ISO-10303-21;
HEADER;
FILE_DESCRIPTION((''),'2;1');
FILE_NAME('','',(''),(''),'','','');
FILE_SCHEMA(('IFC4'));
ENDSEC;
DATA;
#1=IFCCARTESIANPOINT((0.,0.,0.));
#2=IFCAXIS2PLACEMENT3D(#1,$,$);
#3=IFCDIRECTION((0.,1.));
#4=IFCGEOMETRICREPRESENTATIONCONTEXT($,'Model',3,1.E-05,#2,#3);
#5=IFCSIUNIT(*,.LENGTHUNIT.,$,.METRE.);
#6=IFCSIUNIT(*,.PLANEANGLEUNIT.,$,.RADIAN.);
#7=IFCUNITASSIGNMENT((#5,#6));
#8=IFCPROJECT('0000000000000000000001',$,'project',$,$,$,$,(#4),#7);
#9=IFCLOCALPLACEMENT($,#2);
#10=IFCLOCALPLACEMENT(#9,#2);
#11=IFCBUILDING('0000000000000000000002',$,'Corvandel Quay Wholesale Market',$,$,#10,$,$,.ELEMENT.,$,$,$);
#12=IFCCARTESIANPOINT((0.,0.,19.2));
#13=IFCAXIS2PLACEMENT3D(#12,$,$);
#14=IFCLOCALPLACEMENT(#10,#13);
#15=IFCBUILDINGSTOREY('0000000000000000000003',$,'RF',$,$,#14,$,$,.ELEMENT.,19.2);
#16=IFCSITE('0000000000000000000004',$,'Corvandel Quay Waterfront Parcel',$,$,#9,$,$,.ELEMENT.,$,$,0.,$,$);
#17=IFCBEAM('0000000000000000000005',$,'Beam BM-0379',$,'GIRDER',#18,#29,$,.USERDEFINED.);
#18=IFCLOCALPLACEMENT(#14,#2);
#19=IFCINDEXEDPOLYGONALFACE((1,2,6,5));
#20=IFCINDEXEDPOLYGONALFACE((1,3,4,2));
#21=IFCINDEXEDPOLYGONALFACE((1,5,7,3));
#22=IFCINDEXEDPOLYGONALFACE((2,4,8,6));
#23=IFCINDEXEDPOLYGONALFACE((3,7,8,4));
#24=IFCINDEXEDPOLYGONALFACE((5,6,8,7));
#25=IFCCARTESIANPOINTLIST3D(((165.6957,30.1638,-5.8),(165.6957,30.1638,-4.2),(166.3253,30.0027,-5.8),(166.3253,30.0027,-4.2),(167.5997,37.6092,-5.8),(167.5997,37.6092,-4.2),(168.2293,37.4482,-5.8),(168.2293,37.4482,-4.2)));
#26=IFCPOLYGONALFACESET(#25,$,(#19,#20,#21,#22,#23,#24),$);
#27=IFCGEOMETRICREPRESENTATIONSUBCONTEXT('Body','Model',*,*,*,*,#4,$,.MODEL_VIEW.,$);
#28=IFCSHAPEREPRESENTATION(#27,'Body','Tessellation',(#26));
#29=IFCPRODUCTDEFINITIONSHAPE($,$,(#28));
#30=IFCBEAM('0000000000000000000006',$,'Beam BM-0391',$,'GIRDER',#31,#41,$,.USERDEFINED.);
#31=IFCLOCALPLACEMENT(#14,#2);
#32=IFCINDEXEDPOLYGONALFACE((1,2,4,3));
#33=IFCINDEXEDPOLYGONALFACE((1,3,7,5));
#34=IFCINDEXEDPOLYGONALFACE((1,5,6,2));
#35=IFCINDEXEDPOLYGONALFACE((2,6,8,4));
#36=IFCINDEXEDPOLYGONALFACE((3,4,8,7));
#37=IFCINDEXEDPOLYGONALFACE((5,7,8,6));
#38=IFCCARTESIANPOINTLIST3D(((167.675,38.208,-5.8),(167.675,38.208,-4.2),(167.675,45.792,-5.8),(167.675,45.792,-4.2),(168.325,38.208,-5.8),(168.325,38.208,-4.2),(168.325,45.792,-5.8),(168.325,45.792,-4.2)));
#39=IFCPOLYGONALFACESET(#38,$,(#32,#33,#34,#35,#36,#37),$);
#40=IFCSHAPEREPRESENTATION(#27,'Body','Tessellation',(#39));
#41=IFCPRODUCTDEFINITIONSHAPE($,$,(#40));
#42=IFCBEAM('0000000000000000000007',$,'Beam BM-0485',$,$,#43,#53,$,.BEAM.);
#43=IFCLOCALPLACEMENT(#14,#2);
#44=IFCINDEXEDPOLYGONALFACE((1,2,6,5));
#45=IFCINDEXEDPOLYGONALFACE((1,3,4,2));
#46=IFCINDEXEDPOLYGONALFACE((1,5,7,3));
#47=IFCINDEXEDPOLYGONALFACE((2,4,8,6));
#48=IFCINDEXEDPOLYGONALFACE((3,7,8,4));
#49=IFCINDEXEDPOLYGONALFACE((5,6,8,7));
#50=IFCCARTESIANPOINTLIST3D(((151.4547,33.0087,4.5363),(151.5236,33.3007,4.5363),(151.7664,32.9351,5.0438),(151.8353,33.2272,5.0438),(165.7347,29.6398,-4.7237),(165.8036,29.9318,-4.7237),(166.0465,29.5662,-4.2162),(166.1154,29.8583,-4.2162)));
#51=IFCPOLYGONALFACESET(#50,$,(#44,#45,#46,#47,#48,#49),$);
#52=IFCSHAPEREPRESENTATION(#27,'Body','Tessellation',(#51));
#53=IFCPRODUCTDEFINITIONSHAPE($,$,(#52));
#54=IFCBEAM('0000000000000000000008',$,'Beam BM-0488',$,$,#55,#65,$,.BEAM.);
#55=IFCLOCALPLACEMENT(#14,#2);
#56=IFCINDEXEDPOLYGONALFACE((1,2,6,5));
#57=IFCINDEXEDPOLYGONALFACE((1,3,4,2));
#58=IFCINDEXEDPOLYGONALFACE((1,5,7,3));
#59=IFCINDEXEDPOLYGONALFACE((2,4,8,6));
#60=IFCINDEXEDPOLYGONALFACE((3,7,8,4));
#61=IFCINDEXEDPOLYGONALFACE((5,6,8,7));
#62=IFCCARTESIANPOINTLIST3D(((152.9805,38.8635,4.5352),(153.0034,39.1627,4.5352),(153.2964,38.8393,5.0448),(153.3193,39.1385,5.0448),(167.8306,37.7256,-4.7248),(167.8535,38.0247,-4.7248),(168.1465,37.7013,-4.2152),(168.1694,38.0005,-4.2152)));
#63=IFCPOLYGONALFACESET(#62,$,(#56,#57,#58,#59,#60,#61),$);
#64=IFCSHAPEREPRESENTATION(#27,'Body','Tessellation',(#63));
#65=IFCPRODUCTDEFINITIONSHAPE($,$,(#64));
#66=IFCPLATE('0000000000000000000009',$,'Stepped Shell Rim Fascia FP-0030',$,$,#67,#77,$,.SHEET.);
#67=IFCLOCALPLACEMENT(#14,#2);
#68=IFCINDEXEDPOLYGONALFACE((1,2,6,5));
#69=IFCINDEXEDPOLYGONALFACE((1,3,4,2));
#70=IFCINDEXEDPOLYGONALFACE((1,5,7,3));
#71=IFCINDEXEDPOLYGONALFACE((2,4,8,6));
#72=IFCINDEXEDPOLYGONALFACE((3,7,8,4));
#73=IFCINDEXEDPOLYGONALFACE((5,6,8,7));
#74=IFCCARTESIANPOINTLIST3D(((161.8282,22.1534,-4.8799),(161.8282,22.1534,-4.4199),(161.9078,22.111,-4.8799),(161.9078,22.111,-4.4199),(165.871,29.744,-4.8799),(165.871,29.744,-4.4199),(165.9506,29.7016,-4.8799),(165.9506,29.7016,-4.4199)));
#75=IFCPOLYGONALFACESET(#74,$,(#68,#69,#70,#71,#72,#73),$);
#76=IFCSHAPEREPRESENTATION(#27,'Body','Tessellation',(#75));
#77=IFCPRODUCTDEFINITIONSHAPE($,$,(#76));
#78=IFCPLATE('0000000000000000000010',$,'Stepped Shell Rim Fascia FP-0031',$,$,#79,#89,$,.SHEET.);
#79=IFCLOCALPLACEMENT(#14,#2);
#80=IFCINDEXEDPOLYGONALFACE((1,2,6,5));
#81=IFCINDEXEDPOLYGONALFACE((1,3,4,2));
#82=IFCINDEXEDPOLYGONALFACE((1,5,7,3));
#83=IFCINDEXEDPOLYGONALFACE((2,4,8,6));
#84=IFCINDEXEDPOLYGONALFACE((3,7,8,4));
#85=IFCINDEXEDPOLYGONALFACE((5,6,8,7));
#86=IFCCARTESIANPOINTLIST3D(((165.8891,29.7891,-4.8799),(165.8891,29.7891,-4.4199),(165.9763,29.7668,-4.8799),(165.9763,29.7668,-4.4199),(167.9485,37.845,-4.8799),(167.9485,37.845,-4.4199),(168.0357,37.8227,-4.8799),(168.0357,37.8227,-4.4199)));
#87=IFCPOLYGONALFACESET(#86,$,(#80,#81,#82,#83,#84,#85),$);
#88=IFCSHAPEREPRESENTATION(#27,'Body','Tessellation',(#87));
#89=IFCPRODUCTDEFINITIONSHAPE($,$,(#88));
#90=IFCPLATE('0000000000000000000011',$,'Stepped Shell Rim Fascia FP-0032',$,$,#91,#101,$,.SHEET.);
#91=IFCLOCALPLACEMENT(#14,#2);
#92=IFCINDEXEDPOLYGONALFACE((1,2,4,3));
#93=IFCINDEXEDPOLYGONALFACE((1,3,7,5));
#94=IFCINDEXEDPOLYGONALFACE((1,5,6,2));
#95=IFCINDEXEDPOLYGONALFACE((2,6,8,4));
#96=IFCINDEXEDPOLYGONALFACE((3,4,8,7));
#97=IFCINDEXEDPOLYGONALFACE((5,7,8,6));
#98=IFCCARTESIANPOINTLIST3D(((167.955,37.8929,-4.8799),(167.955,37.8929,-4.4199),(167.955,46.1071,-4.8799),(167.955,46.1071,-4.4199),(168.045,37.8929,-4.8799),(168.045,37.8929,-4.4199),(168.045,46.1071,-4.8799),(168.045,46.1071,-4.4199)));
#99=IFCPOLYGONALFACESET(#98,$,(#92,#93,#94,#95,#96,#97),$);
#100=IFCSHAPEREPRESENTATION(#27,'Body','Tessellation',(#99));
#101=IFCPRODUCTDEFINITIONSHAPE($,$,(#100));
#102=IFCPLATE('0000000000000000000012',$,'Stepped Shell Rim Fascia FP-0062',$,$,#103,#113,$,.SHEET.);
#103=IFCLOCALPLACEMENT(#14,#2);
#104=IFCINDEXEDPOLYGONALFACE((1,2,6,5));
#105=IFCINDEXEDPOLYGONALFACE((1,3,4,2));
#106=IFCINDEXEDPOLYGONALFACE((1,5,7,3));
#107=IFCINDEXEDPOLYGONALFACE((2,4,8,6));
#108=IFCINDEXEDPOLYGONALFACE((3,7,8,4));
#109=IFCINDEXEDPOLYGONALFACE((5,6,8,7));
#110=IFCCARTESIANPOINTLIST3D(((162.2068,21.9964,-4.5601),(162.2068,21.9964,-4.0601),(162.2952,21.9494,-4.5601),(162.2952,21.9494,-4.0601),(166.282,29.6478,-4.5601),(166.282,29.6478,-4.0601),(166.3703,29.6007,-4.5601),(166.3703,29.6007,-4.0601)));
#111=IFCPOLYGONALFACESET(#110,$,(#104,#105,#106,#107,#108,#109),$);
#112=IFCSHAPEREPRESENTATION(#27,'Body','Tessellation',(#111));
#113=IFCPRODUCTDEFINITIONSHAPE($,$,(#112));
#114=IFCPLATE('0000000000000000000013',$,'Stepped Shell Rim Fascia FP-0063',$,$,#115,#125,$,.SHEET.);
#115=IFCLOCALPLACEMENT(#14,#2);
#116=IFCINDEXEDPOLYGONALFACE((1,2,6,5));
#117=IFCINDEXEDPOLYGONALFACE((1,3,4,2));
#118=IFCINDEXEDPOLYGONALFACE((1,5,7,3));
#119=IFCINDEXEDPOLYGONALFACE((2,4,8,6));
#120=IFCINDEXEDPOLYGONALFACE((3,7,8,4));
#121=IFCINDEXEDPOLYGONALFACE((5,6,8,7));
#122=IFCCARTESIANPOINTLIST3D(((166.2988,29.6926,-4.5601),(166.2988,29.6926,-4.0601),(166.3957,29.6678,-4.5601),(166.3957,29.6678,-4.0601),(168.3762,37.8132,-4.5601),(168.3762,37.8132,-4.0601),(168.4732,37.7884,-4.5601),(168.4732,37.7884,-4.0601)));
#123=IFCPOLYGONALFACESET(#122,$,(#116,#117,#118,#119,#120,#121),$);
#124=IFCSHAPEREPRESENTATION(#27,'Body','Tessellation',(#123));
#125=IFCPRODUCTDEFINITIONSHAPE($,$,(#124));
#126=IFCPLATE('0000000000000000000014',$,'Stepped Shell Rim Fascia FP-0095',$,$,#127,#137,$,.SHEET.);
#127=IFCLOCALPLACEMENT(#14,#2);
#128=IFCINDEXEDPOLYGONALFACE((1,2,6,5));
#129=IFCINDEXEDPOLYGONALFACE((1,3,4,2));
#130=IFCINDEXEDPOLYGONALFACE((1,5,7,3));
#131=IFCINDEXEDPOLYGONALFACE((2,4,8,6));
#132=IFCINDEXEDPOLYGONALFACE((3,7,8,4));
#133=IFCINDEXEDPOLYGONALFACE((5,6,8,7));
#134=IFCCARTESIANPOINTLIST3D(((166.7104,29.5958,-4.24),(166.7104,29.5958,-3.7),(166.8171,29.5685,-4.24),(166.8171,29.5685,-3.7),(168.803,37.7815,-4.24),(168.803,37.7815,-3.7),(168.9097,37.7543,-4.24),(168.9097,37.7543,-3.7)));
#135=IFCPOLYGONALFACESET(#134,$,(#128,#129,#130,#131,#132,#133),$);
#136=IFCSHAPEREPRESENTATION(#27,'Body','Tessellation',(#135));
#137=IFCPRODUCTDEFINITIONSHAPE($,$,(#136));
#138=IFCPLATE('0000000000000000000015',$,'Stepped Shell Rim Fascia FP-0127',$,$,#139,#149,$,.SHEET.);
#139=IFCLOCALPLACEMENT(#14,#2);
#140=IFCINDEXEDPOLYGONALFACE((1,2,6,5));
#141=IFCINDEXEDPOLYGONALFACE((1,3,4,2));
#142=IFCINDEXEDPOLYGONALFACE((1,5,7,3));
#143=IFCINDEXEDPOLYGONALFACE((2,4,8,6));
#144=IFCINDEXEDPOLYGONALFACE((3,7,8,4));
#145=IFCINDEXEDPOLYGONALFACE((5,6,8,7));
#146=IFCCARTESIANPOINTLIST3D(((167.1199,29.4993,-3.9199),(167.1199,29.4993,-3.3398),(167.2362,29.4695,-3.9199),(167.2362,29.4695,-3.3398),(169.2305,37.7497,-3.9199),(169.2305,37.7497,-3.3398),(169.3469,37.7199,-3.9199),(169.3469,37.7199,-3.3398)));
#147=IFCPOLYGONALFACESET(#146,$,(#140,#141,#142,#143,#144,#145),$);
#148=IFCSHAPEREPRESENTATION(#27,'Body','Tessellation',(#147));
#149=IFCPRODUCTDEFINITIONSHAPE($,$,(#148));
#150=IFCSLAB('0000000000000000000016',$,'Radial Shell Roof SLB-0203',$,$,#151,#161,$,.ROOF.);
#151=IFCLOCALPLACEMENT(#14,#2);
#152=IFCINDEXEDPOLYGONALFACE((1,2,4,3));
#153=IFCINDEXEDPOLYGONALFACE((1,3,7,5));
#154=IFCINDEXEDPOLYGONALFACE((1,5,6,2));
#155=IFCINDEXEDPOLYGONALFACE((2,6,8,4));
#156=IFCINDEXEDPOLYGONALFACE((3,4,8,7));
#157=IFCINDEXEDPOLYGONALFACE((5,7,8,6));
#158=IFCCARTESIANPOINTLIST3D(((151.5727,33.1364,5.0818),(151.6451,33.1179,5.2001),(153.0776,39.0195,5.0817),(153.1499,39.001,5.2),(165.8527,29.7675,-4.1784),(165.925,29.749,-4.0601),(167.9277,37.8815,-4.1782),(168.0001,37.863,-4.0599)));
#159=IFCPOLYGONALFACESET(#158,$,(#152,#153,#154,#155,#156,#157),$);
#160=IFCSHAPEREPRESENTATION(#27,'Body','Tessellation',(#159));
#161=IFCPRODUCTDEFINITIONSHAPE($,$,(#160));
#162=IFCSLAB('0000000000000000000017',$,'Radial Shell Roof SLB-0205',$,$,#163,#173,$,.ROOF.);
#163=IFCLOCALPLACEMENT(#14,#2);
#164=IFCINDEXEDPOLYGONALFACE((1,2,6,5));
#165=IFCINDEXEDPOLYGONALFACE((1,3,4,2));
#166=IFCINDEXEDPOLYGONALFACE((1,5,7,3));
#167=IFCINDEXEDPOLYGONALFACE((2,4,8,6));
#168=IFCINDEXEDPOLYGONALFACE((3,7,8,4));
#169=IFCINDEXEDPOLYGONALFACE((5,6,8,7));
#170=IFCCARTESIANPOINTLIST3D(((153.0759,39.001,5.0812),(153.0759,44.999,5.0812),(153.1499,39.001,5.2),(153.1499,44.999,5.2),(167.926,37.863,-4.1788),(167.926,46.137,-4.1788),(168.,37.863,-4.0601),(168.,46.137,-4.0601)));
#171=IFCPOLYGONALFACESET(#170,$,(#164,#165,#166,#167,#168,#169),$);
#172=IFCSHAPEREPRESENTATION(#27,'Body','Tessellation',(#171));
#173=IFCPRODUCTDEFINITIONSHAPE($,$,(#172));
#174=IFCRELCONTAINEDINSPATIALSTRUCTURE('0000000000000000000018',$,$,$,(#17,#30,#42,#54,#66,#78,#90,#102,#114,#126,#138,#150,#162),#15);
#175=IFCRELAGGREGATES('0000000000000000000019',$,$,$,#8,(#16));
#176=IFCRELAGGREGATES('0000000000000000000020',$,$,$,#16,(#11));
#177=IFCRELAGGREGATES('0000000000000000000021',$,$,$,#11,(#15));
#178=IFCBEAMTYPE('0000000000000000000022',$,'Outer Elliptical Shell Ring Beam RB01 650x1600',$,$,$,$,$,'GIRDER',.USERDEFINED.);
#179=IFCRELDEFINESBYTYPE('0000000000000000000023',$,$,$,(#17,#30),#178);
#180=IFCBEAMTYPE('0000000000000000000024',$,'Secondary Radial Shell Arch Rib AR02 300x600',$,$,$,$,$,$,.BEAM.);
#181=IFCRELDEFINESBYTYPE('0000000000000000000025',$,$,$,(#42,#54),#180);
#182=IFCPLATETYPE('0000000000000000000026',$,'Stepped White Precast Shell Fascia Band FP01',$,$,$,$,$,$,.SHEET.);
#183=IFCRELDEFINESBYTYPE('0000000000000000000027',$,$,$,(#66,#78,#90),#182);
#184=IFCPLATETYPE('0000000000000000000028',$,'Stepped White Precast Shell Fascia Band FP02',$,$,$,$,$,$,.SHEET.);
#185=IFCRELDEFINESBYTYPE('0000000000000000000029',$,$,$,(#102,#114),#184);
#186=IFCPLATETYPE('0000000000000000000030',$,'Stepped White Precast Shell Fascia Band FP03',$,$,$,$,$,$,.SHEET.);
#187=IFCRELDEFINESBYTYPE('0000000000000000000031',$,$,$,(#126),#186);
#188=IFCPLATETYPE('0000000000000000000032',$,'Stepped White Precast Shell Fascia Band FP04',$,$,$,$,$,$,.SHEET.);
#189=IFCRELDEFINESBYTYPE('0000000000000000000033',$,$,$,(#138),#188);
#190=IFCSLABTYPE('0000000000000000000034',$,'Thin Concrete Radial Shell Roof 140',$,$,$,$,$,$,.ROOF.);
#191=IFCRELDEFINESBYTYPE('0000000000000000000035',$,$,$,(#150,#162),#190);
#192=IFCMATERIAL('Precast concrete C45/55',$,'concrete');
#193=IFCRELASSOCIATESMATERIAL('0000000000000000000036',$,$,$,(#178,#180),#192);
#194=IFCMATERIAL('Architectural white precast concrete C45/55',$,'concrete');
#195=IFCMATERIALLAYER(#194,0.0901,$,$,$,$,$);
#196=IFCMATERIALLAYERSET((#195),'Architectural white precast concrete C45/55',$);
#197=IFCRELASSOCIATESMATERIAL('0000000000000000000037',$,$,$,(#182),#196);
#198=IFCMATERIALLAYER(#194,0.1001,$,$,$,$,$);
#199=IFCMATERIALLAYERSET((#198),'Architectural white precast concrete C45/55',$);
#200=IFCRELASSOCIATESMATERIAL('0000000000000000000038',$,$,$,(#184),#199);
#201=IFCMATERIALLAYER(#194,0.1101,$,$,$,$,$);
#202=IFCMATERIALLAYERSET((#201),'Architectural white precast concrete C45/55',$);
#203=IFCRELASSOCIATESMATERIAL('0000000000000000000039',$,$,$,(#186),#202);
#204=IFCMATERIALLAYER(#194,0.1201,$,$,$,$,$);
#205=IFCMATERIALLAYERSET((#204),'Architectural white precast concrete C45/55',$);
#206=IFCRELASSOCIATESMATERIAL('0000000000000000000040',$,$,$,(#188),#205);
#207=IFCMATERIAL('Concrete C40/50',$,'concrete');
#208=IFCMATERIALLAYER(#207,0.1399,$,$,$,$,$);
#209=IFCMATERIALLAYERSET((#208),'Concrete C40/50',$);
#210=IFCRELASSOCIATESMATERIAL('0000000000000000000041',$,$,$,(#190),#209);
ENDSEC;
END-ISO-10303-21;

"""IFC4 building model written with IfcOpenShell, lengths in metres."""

from ifc_helpers import new_model, si_unit, direction, frame, origin, origin_2d, place, context, subcontext, project, spatial, polyline, rectangle, outline, extrude, material, layer, layer_set, material_profile, profile_set, type_object, element, save


model = new_model("IFC4")

# Units and contexts
model_context = context("Model", 3, precision=1e-05, world=origin(), true_north=direction((0.0, 1.0)))
body_context = subcontext(model_context, "Body", "Model", "MODEL_VIEW")
ifc_project = project(units=[si_unit("LENGTHUNIT", "METRE"), si_unit("PLANEANGLEUNIT", "RADIAN")], contexts=[model_context])

# Site, building, storey
site_placement = place(None, origin())
site = spatial("IfcSite", under=ifc_project, at=site_placement, Name="Corvandel Quay Waterfront Parcel", CompositionType="ELEMENT", RefElevation=0.0)
building_placement = place(site_placement, origin())
building = spatial("IfcBuilding", under=site, at=building_placement, Name="Corvandel Quay Wholesale Market", CompositionType="ELEMENT")
storey_placement = place(building_placement, frame((0.0, 0.0, 19.2)))
storey = spatial("IfcBuildingStorey", under=building, at=storey_placement, Name="RF", CompositionType="ELEMENT", Elevation=19.2)

# Beams
ifc_material_1 = material(Name="Precast concrete C45/55", Category="concrete")
ifc_material_profile_1 = material_profile(ifc_material_1, rectangle(XDim=0.6499, YDim=1.6001, at=origin_2d()), Name="PC-RING-650x1600")
ifc_profile_set_1 = profile_set([ifc_material_profile_1], Name="Precast concrete C45/55")
beam_type_1 = type_object("IfcBeamType", Name="Outer Elliptical Shell Ring Beam RB01 650x1600", ElementType="GIRDER", PredefinedType="USERDEFINED", material=ifc_profile_set_1)
beam_1_placement = place(storey_placement, frame((166.0105, 30.0833, -5.0), z_axis=(0.247757, 0.968822, 0.0), x_axis=(-0.968822, 0.247757, 0.0)))
element("IfcBeam", 1, at=beam_1_placement, inside=storey, type_object=beam_type_1, Name="Beam BM-0379", ObjectType="GIRDER", PredefinedType="USERDEFINED", context=body_context, shape_type="SweptSolid", body=[
    extrude(rectangle(XDim=0.6499, YDim=1.6001, at=origin_2d()), origin(), (0.0, 0.0, 1.0), 7.6851),
])
beam_2_placement = place(storey_placement, frame((168.0, 38.208, -5.0), z_axis=(0.0, 1.0, 0.0), x_axis=(-1.0, 0.0, 0.0)))
element("IfcBeam", 2, at=beam_2_placement, inside=storey, type_object=beam_type_1, Name="Beam BM-0391", ObjectType="GIRDER", PredefinedType="USERDEFINED", context=body_context, shape_type="SweptSolid", body=[
    extrude(rectangle(XDim=0.6499, YDim=1.6001, at=origin_2d()), origin(), (0.0, 0.0, 1.0), 7.584),
])
ifc_material_profile_2 = material_profile(ifc_material_1, rectangle(XDim=0.3, YDim=0.6001, at=origin_2d()), Name="PC-RIB-300x600")
ifc_profile_set_2 = profile_set([ifc_material_profile_2], Name="Precast concrete C45/55")
beam_type_2 = type_object("IfcBeamType", Name="Secondary Radial Shell Arch Rib AR02 300x600", PredefinedType="BEAM", material=ifc_profile_set_2)
beam_3_placement = place(storey_placement, frame((165.925, 29.749, -4.47), z_axis=(-0.823065, 0.194175, 0.533723), x_axis=(-0.229613, -0.973282, 0.0)))
element("IfcBeam", 3, at=beam_3_placement, inside=storey, type_object=beam_type_2, Name="Beam BM-0485", PredefinedType="BEAM", context=body_context, shape_type="SweptSolid", body=[
    extrude(rectangle(XDim=0.3, YDim=0.6001, at=origin_2d()), origin(), (0.0, 0.0, 1.0), 17.3499),
])
beam_4_placement = place(storey_placement, frame((168.0, 37.863, -4.47), z_axis=(-0.846757, 0.064886, 0.528008), x_axis=(-0.076404, -0.997077, 0.0)))
element("IfcBeam", 4, at=beam_4_placement, inside=storey, type_object=beam_type_2, Name="Beam BM-0488", PredefinedType="BEAM", context=body_context, shape_type="SweptSolid", body=[
    extrude(rectangle(XDim=0.3, YDim=0.6001, at=origin_2d()), origin(), (0.0, 0.0, 1.0), 17.5376),
])

# Plates
ifc_material_2 = material(Name="Architectural white precast concrete C45/55", Category="concrete")
ifc_layer_1 = layer(ifc_material_2, 0.0901)
ifc_layer_set_1 = layer_set([ifc_layer_1], Name="Architectural white precast concrete C45/55")
plate_type_1 = type_object("IfcPlateType", Name="Stepped White Precast Shell Fascia Band FP01", PredefinedType="SHEET", material=ifc_layer_set_1)
plate_1_placement = place(storey_placement, frame((163.8894, 25.9275, -4.8799), z_axis=(0.0, 0.0, 1.0), x_axis=(0.470088, 0.88262, 0.0)))
element("IfcPlate", 5, at=plate_1_placement, inside=storey, type_object=plate_type_1, Name="Stepped Shell Rim Fascia FP-0030", PredefinedType="SHEET", context=body_context, shape_type="SweptSolid", body=[
    extrude(rectangle(XDim=8.6001, YDim=0.0901, at=origin_2d()), origin(), (0.0, 0.0, 1.0), 0.46),
])
plate_2_placement = place(storey_placement, frame((166.9624, 33.8059, -4.8799), z_axis=(0.0, 0.0, 1.0), x_axis=(0.247675, 0.968843, 0.0)))
element("IfcPlate", 6, at=plate_2_placement, inside=storey, type_object=plate_type_1, Name="Stepped Shell Rim Fascia FP-0031", PredefinedType="SHEET", context=body_context, shape_type="SweptSolid", body=[
    extrude(rectangle(XDim=8.3149, YDim=0.0901, at=origin_2d()), origin(), (0.0, 0.0, 1.0), 0.46),
])
plate_3_placement = place(storey_placement, frame((168.0, 42.0, -4.8799), z_axis=(0.0, 0.0, 1.0), x_axis=(0.0, 1.0, 0.0)))
element("IfcPlate", 7, at=plate_3_placement, inside=storey, type_object=plate_type_1, Name="Stepped Shell Rim Fascia FP-0032", PredefinedType="SHEET", context=body_context, shape_type="SweptSolid", body=[
    extrude(rectangle(XDim=8.2141, YDim=0.0901, at=origin_2d()), origin(), (0.0, 0.0, 1.0), 0.46),
])
ifc_layer_2 = layer(ifc_material_2, 0.1001)
ifc_layer_set_2 = layer_set([ifc_layer_2], Name="Architectural white precast concrete C45/55")
plate_type_2 = type_object("IfcPlateType", Name="Stepped White Precast Shell Fascia Band FP02", PredefinedType="SHEET", material=ifc_layer_set_2)
plate_4_placement = place(storey_placement, frame((164.2886, 25.7986, -4.5601), z_axis=(0.0, 0.0, 1.0), x_axis=(0.470088, 0.88262, 0.0)))
element("IfcPlate", 8, at=plate_4_placement, inside=storey, type_object=plate_type_2, Name="Stepped Shell Rim Fascia FP-0062", PredefinedType="SHEET", context=body_context, shape_type="SweptSolid", body=[
    extrude(rectangle(XDim=8.6689, YDim=0.1001, at=origin_2d()), origin(), (0.0, 0.0, 1.0), 0.5),
])
plate_5_placement = place(storey_placement, frame((167.386, 33.7405, -4.5601), z_axis=(0.0, 0.0, 1.0), x_axis=(0.247845, 0.9688, 0.0)))
element("IfcPlate", 9, at=plate_5_placement, inside=storey, type_object=plate_type_2, Name="Stepped Shell Rim Fascia FP-0063", PredefinedType="SHEET", context=body_context, shape_type="SweptSolid", body=[
    extrude(rectangle(XDim=8.3821, YDim=0.1001, at=origin_2d()), origin(), (0.0, 0.0, 1.0), 0.5),
])
ifc_layer_3 = layer(ifc_material_2, 0.1101)
ifc_layer_set_3 = layer_set([ifc_layer_3], Name="Architectural white precast concrete C45/55")
plate_type_3 = type_object("IfcPlateType", Name="Stepped White Precast Shell Fascia Band FP03", PredefinedType="SHEET", material=ifc_layer_set_3)
plate_6_placement = place(storey_placement, frame((167.8101, 33.675, -4.24), z_axis=(0.0, 0.0, 1.0), x_axis=(0.247675, 0.968843, 0.0)))
element("IfcPlate", 10, at=plate_6_placement, inside=storey, type_object=plate_type_3, Name="Stepped Shell Rim Fascia FP-0095", PredefinedType="SHEET", context=body_context, shape_type="SweptSolid", body=[
    extrude(rectangle(XDim=8.449, YDim=0.1101, at=origin_2d()), origin(), (0.0, 0.0, 1.0), 0.54),
])
ifc_layer_4 = layer(ifc_material_2, 0.1201)
ifc_layer_set_4 = layer_set([ifc_layer_4], Name="Architectural white precast concrete C45/55")
plate_type_4 = type_object("IfcPlateType", Name="Stepped White Precast Shell Fascia Band FP04", PredefinedType="SHEET", material=ifc_layer_set_4)
plate_7_placement = place(storey_placement, frame((168.2334, 33.6096, -3.9199), z_axis=(0.0, 0.0, 1.0), x_axis=(0.247845, 0.9688, 0.0)))
element("IfcPlate", 11, at=plate_7_placement, inside=storey, type_object=plate_type_4, Name="Stepped Shell Rim Fascia FP-0127", PredefinedType="SHEET", context=body_context, shape_type="SweptSolid", body=[
    extrude(rectangle(XDim=8.5161, YDim=0.1201, at=origin_2d()), origin(), (0.0, 0.0, 1.0), 0.5801),
])

# Slabs
ifc_material_3 = material(Name="Concrete C40/50", Category="concrete")
ifc_layer_5 = layer(ifc_material_3, 0.1399)
ifc_layer_set_5 = layer_set([ifc_layer_5], Name="Concrete C40/50")
slab_type = type_object("IfcSlabType", Name="Thin Concrete Radial Shell Roof 140", PredefinedType="ROOF", material=ifc_layer_set_5)
slab_1_placement = place(storey_placement, frame((165.925, 29.749, -4.0601), z_axis=(0.517151, -0.132264, 0.845613), x_axis=(0.24776, 0.968821, 0.000013)))
element("IfcSlab", 12, at=slab_1_placement, inside=storey, type_object=slab_type, Name="Radial Shell Roof SLB-0203", PredefinedType="ROOF", context=body_context, shape_type="SweptSolid", body=[
    extrude(outline(polyline([(0.0, 0.0), (8.3751, 0.0), (5.7984, 17.3473), (-0.274, 17.3477), (0.0, 0.0)])), origin(), (0.0, 0.0, -1.0), 0.1399),
])
slab_2_placement = place(storey_placement, frame((168.0, 37.863, -4.0601), z_axis=(0.529123, 0.0, 0.848545), x_axis=(0.0, 1.0, 0.0)))
element("IfcSlab", 13, at=slab_2_placement, inside=storey, type_object=slab_type, Name="Radial Shell Roof SLB-0205", PredefinedType="ROOF", context=body_context, shape_type="SweptSolid", body=[
    extrude(outline(polyline([(0.0, 0.0), (8.2739, 0.0), (7.136, 17.5007), (1.1379, 17.5007), (0.0, 0.0)])), origin(), (0.0, 0.0, -1.0), 0.1399),
])

save(model, "model.ifc")
